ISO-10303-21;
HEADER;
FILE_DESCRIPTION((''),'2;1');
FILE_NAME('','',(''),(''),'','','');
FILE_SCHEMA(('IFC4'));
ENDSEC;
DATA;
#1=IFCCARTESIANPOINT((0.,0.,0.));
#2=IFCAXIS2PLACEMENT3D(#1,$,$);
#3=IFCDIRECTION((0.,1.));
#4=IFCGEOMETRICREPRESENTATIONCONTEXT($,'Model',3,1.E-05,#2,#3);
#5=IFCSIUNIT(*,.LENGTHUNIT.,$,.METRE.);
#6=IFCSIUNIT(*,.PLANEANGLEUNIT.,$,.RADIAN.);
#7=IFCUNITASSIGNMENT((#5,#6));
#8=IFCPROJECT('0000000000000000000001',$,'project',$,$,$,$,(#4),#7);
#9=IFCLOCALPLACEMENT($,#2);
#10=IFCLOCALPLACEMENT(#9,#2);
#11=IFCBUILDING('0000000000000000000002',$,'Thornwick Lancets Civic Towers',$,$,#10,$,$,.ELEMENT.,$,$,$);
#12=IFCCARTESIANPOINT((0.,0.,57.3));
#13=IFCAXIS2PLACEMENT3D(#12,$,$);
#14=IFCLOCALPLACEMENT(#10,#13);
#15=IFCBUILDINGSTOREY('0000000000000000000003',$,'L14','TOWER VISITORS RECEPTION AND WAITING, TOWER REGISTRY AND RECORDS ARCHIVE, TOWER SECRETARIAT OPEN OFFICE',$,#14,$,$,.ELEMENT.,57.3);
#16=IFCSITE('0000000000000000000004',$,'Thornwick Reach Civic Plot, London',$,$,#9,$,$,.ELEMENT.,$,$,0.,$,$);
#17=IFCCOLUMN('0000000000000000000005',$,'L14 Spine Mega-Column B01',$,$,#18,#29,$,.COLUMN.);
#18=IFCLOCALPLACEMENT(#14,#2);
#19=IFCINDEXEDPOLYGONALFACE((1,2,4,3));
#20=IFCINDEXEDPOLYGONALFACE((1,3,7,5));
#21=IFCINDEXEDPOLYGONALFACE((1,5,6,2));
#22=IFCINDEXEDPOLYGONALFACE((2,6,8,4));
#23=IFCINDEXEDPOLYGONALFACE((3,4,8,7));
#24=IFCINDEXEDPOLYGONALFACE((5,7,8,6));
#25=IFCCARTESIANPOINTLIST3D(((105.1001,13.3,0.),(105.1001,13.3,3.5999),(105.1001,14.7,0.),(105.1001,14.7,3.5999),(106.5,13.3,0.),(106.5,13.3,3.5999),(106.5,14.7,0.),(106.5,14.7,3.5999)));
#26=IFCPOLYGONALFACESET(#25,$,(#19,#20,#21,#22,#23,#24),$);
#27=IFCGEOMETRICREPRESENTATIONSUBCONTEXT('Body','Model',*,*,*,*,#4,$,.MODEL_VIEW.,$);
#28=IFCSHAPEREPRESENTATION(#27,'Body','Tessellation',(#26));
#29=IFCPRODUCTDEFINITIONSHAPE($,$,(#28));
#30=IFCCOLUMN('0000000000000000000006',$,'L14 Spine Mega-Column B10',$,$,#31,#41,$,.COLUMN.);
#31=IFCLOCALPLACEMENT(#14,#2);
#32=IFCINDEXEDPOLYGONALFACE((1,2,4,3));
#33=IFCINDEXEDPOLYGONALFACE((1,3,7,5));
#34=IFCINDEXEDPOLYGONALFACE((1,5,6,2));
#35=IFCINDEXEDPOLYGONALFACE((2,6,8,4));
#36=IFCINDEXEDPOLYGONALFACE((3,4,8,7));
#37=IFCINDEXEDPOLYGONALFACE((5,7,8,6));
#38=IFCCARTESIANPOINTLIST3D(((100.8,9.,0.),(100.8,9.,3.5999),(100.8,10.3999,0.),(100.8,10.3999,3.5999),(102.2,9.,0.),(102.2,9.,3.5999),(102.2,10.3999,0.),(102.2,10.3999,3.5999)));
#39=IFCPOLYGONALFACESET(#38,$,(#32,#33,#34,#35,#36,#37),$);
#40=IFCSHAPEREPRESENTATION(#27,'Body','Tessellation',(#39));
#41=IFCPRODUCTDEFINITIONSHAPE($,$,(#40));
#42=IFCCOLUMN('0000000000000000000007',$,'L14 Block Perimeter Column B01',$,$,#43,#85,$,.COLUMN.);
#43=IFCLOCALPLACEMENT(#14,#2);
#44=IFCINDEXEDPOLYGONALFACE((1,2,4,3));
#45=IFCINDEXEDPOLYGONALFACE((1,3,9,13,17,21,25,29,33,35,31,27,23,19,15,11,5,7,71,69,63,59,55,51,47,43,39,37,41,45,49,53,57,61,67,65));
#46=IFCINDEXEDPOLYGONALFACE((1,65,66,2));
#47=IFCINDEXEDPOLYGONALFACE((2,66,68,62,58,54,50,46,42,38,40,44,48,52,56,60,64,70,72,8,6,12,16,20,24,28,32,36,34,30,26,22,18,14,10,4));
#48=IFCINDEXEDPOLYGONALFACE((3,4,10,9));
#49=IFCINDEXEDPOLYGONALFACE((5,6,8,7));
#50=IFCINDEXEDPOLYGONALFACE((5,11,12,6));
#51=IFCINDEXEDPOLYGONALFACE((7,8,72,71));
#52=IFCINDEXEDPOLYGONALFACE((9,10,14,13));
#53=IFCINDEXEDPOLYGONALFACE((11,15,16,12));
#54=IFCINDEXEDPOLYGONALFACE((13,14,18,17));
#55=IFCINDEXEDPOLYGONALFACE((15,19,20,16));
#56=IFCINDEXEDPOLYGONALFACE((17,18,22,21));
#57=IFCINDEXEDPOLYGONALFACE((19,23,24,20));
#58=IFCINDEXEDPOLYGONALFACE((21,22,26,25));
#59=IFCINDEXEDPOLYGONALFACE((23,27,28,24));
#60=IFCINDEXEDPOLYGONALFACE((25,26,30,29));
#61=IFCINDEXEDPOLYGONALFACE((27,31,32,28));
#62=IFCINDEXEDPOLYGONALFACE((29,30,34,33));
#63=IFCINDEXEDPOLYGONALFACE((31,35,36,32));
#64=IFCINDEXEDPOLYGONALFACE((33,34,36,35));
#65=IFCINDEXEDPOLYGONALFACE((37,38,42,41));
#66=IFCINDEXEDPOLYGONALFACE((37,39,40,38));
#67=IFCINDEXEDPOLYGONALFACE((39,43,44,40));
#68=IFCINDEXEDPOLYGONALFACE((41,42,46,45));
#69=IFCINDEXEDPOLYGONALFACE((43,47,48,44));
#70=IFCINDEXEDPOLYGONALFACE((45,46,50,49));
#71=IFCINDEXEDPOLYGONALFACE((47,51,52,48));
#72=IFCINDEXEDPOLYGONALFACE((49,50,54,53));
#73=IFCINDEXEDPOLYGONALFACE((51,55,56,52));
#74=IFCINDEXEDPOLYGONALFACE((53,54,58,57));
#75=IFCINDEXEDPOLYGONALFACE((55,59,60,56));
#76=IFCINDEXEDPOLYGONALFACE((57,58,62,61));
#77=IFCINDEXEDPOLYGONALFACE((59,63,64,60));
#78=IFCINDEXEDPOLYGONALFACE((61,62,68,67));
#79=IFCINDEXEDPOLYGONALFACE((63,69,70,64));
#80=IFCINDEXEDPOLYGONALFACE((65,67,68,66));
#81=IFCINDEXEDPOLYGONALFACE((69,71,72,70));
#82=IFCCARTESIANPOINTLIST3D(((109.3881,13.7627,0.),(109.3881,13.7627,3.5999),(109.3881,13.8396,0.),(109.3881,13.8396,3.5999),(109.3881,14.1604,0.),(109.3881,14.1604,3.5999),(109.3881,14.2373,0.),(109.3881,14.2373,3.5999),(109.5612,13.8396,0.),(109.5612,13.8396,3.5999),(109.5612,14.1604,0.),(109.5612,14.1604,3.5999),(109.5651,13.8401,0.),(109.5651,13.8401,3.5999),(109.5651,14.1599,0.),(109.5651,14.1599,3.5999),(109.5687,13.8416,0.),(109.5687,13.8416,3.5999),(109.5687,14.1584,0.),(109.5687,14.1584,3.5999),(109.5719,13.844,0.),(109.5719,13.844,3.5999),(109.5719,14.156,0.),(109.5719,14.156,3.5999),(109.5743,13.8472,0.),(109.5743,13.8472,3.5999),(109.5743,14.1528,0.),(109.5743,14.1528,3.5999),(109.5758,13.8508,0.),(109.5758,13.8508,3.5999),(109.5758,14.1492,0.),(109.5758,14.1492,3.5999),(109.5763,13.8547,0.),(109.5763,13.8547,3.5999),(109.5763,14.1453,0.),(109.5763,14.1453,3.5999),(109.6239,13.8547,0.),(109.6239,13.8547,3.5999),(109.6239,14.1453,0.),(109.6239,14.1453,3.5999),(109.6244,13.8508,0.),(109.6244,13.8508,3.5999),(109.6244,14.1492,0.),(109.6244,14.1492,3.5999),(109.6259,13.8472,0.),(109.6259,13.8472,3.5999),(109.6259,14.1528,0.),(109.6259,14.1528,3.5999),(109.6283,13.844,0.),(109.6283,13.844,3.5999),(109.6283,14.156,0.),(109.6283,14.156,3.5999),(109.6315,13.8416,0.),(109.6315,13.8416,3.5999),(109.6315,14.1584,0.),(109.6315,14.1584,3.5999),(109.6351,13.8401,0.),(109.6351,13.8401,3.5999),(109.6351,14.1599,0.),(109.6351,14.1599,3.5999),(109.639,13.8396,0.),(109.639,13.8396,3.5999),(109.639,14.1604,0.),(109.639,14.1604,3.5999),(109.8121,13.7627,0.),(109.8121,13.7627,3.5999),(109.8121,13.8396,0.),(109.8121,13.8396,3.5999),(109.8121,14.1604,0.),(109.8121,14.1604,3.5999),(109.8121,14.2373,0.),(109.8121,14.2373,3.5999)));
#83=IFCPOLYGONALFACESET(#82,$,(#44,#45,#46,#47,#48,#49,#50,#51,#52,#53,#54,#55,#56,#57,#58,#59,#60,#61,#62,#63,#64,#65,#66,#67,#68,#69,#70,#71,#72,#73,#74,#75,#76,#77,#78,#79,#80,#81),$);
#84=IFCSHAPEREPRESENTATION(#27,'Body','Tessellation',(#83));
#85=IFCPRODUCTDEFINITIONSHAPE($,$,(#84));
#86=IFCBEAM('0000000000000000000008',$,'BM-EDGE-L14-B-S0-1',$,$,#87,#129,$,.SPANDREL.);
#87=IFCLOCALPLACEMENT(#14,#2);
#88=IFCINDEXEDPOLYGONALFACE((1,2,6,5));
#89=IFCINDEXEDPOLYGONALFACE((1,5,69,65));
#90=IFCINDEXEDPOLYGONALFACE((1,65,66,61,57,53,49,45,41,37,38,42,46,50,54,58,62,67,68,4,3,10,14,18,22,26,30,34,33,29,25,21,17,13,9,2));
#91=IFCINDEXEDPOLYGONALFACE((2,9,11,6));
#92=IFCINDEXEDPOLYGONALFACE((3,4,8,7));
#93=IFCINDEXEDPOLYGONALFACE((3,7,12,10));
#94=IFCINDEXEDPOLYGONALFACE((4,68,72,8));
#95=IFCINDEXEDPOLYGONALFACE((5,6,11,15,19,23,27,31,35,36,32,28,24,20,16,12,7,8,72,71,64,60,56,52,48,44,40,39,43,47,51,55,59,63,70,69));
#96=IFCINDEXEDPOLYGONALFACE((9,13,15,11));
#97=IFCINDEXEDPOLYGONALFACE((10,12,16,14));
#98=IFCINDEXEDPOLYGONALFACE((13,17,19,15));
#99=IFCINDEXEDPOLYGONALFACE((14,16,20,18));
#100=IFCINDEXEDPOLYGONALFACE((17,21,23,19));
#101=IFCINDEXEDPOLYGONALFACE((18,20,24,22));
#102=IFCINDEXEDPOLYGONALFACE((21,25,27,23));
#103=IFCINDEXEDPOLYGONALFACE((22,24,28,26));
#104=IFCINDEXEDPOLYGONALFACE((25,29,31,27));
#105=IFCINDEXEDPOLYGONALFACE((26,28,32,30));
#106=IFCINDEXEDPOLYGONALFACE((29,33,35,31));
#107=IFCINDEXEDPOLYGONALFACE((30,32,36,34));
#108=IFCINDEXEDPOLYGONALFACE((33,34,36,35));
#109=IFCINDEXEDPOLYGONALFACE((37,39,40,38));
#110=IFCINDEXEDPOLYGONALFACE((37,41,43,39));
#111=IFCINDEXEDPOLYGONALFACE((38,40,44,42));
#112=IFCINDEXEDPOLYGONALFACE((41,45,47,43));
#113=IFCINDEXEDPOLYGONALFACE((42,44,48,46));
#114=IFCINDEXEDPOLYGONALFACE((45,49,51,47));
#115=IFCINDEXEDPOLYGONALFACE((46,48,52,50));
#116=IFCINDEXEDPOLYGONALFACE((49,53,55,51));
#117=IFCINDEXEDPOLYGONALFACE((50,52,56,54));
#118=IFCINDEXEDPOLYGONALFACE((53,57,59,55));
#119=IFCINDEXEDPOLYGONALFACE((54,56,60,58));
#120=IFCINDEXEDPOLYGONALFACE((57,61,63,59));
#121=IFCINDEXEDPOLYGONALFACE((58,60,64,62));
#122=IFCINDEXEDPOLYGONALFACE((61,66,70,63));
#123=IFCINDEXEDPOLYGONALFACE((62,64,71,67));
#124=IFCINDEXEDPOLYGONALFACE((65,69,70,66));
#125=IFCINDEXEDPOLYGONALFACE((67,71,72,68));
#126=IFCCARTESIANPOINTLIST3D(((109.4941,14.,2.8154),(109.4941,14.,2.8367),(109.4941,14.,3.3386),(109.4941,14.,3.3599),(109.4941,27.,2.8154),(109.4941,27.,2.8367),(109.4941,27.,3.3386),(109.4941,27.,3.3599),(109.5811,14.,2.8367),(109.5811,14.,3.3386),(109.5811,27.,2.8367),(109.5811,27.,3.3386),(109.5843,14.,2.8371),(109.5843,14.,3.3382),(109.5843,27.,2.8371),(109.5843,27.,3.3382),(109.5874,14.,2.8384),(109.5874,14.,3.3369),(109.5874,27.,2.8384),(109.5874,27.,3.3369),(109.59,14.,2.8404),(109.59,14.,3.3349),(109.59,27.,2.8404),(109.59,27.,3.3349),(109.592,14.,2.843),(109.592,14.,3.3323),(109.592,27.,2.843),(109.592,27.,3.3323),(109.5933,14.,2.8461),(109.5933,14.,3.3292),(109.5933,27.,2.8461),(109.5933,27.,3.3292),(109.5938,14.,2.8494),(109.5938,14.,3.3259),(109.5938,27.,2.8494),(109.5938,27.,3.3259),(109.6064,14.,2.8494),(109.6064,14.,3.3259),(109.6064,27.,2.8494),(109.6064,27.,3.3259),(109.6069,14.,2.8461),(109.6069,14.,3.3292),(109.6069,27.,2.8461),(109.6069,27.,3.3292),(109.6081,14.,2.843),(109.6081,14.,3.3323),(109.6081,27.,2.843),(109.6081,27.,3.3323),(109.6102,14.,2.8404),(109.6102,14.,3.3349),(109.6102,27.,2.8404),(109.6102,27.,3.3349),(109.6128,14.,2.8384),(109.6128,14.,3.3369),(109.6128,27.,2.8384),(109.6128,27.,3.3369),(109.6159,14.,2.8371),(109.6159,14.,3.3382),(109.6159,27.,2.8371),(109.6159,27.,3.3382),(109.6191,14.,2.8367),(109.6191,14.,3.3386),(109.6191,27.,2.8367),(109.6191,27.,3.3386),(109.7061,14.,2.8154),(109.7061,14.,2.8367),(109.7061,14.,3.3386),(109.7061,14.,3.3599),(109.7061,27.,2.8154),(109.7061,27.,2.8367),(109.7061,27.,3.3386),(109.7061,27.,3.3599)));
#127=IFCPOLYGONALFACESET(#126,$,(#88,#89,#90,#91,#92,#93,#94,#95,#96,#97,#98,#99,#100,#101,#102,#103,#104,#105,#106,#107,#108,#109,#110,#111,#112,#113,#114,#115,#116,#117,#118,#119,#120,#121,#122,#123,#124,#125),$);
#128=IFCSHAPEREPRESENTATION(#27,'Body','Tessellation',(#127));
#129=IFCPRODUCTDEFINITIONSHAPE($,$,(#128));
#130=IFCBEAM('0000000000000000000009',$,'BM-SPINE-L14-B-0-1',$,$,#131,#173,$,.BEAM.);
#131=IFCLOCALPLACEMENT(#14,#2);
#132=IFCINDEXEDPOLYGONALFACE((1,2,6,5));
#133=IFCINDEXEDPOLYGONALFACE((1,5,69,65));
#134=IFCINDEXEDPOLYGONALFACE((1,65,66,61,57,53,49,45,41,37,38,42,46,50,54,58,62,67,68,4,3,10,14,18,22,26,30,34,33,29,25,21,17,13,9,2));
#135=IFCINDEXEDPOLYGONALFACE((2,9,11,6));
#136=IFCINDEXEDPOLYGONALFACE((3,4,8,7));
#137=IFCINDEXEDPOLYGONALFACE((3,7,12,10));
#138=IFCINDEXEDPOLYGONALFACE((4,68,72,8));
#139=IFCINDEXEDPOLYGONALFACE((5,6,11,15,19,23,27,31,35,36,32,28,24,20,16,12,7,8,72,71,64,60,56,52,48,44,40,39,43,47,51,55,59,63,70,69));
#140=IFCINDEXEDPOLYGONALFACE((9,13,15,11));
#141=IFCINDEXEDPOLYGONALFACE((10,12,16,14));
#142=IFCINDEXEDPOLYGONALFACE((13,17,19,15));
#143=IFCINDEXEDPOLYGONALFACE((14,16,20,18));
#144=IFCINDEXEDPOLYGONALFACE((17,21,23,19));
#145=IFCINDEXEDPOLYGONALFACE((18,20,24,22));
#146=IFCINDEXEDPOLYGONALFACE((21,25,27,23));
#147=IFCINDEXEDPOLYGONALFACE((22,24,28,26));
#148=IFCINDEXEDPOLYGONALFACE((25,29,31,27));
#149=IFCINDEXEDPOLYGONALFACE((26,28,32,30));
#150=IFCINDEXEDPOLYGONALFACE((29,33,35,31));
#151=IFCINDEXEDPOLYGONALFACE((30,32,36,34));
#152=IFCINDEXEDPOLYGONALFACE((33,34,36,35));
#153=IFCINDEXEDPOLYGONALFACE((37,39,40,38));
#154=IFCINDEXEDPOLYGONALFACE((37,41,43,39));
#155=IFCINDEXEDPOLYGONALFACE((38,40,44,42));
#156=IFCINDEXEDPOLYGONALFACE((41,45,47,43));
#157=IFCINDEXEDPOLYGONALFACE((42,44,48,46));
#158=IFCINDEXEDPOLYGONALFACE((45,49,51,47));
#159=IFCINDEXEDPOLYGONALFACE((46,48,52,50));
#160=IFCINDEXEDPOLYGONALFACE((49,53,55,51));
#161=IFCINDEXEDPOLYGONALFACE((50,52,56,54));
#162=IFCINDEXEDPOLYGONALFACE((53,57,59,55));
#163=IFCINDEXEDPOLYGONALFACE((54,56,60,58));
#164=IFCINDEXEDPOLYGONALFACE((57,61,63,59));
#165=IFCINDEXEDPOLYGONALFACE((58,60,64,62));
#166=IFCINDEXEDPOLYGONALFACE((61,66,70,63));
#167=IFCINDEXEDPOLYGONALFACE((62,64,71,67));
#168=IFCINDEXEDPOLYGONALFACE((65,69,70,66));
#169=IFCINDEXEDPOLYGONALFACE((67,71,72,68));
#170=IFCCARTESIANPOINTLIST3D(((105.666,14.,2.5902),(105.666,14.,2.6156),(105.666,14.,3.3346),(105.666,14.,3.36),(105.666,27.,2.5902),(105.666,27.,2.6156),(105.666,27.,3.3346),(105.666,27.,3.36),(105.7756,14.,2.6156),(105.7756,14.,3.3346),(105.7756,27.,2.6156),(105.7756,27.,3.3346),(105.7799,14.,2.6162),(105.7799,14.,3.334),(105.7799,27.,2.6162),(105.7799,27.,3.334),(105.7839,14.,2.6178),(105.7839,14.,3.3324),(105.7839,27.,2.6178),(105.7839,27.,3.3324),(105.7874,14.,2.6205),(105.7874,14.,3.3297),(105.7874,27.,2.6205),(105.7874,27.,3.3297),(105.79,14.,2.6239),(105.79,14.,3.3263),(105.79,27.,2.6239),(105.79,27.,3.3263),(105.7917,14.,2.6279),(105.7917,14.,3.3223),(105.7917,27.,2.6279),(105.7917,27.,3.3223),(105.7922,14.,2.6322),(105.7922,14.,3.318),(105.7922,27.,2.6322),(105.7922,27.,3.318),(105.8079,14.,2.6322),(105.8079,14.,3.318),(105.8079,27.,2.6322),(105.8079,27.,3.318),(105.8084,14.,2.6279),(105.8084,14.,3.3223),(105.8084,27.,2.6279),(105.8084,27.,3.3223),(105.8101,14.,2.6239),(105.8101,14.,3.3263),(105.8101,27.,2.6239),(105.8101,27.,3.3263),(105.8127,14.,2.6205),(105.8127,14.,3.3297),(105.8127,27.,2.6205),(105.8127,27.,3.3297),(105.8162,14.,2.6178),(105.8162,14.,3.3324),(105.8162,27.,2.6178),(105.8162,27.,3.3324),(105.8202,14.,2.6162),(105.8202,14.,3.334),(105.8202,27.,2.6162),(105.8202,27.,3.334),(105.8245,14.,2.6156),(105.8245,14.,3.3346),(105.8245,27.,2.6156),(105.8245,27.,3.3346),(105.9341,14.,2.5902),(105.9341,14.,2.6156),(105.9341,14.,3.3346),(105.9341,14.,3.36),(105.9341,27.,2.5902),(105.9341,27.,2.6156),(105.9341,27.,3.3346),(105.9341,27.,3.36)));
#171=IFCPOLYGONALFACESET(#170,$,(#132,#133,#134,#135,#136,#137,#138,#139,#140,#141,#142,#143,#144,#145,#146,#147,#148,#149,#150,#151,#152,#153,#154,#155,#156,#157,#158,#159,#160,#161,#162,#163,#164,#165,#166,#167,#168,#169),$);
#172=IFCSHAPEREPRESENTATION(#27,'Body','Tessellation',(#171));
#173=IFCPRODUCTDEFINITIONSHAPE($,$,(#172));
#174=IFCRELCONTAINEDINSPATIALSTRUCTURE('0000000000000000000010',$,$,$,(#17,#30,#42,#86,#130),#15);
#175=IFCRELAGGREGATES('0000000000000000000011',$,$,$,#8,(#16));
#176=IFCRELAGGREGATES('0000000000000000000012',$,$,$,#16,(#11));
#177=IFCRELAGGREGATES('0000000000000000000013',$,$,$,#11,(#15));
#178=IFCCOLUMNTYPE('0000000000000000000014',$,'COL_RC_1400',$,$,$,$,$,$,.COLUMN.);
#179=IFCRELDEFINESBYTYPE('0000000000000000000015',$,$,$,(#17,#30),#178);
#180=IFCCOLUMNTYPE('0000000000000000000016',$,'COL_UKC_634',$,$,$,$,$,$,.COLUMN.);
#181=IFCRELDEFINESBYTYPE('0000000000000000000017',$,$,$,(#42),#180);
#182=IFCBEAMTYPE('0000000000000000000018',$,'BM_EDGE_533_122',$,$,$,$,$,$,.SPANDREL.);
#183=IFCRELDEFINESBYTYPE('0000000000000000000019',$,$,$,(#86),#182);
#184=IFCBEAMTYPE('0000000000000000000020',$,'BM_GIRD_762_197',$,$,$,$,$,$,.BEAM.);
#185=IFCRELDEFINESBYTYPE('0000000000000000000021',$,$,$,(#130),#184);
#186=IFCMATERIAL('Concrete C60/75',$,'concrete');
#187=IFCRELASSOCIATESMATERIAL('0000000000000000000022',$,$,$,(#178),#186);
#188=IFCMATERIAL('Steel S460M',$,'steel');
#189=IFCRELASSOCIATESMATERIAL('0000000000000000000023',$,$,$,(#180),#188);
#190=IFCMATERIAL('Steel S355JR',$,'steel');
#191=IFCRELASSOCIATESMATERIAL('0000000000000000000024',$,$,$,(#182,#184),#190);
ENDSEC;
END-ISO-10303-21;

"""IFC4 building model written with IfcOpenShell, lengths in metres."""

from ifc_helpers import new_model, si_unit, direction, frame, origin, origin_2d, place, context, subcontext, project, spatial, rectangle, i_section, extrude, material, material_profile, profile_set, type_object, element, save


model = new_model("IFC4")

# Units and contexts
model_context = context("Model", 3, precision=1e-05, world=origin(), true_north=direction((0.0, 1.0)))
body_context = subcontext(model_context, "Body", "Model", "MODEL_VIEW")
ifc_project = project(units=[si_unit("LENGTHUNIT", "METRE"), si_unit("PLANEANGLEUNIT", "RADIAN")], contexts=[model_context])

# Site, building, storey
site_placement = place(None, origin())
site = spatial("IfcSite", under=ifc_project, at=site_placement, Name="Thornwick Reach Civic Plot, London", CompositionType="ELEMENT", RefElevation=0.0)
building_placement = place(site_placement, origin())
building = spatial("IfcBuilding", under=site, at=building_placement, Name="Thornwick Lancets Civic Towers", CompositionType="ELEMENT")
storey_placement = place(building_placement, frame((0.0, 0.0, 57.3)))
storey = spatial("IfcBuildingStorey", under=building, at=storey_placement, Name="L14", Description="TOWER VISITORS RECEPTION AND WAITING, TOWER REGISTRY AND RECORDS ARCHIVE, TOWER SECRETARIAT OPEN OFFICE", CompositionType="ELEMENT", Elevation=57.3)

# Columns
ifc_material_1 = material(Name="Concrete C60/75", Category="concrete")
ifc_material_profile_1 = material_profile(ifc_material_1, rectangle(XDim=1.3999, YDim=1.3999, at=origin_2d()), Name="RC 1400x1400")
ifc_profile_set_1 = profile_set([ifc_material_profile_1], Name="Concrete C60/75")
column_type_1 = type_object("IfcColumnType", Name="COL_RC_1400", PredefinedType="COLUMN", material=ifc_profile_set_1)
for number, where, z_axis, x_axis, name in (
    (1, (105.8, 14.0, 0.0), (0.0, 0.0, 1.0), (1.0, 0.0, 0.0), "L14 Spine Mega-Column B01"),
    (2, (101.5, 9.7, 0.0), (0.0, 0.0, 1.0), (1.0, 0.0, 0.0), "L14 Spine Mega-Column B10"),
):
    element("IfcColumn", number, at=place(storey_placement, frame(where, z_axis=z_axis, x_axis=x_axis)), inside=storey, type_object=column_type_1, Name=name, PredefinedType="COLUMN", context=body_context, shape_type="SweptSolid", body=[
        extrude(rectangle(XDim=1.3999, YDim=1.3999, at=origin_2d()), origin(), (0.0, 0.0, 1.0), 3.5999),
    ])
ifc_material_2 = material(Name="Steel S460M", Category="steel")
ifc_material_profile_2 = material_profile(ifc_material_2, i_section(OverallWidth=0.4241, OverallDepth=0.4746, WebThickness=0.0476, FlangeThickness=0.0769, FilletRadius=0.0151, at=origin_2d()), Name="UKC 356x406x634")
ifc_profile_set_2 = profile_set([ifc_material_profile_2], Name="Steel S460M")
column_type_2 = type_object("IfcColumnType", Name="COL_UKC_634", PredefinedType="COLUMN", material=ifc_profile_set_2)
column_placement = place(storey_placement, frame((109.6001, 14.0, 0.0), z_axis=(0.0, 0.0, 1.0), x_axis=(1.0, 0.0, 0.0)))
element("IfcColumn", 3, at=column_placement, inside=storey, type_object=column_type_2, Name="L14 Block Perimeter Column B01", PredefinedType="COLUMN", context=body_context, shape_type="SweptSolid", body=[
    extrude(i_section(OverallWidth=0.4241, OverallDepth=0.4746, WebThickness=0.0476, FlangeThickness=0.0769, FilletRadius=0.0151, at=origin_2d()), origin(), (0.0, 0.0, 1.0), 3.5999),
])

# Beams
ifc_material_3 = material(Name="Steel S355JR", Category="steel")
ifc_material_profile_3 = material_profile(ifc_material_3, i_section(OverallWidth=0.2119, OverallDepth=0.5444, WebThickness=0.0127, FlangeThickness=0.0212, FilletRadius=0.0127, at=origin_2d()), Name="UKB 533x210x122")
ifc_profile_set_3 = profile_set([ifc_material_profile_3], Name="Steel S355JR")
beam_type_1 = type_object("IfcBeamType", Name="BM_EDGE_533_122", PredefinedType="SPANDREL", material=ifc_profile_set_3)
beam_1_placement = place(storey_placement, frame((109.6001, 14.0, 3.0876), z_axis=(0.0, 1.0, 0.0), x_axis=(-1.0, 0.0, 0.0)))
element("IfcBeam", 4, at=beam_1_placement, inside=storey, type_object=beam_type_1, Name="BM-EDGE-L14-B-S0-1", PredefinedType="SPANDREL", context=body_context, shape_type="SweptSolid", body=[
    extrude(i_section(OverallWidth=0.2119, OverallDepth=0.5444, WebThickness=0.0127, FlangeThickness=0.0212, FilletRadius=0.0127, at=origin_2d()), origin(), (0.0, 0.0, 1.0), 13.0),
])
ifc_material_profile_4 = material_profile(ifc_material_3, i_section(OverallWidth=0.2681, OverallDepth=0.7698, WebThickness=0.0156, FlangeThickness=0.0254, FilletRadius=0.0166, at=origin_2d()), Name="UKB 762x267x197")
ifc_profile_set_4 = profile_set([ifc_material_profile_4], Name="Steel S355JR")
beam_type_2 = type_object("IfcBeamType", Name="BM_GIRD_762_197", PredefinedType="BEAM", material=ifc_profile_set_4)
for number, where, z_axis, x_axis, name in (
    (5, (105.8, 14.0, 2.9751), (0.0, 1.0, 0.0), (-1.0, 0.0, 0.0), "BM-SPINE-L14-B-0-1"),
):
    element("IfcBeam", number, at=place(storey_placement, frame(where, z_axis=z_axis, x_axis=x_axis)), inside=storey, type_object=beam_type_2, Name=name, PredefinedType="BEAM", context=body_context, shape_type="SweptSolid", body=[
        extrude(i_section(OverallWidth=0.2681, OverallDepth=0.7698, WebThickness=0.0156, FlangeThickness=0.0254, FilletRadius=0.0166, at=origin_2d()), origin(), (0.0, 0.0, 1.0), 13.0),
    ])

save(model, "model.ifc")
